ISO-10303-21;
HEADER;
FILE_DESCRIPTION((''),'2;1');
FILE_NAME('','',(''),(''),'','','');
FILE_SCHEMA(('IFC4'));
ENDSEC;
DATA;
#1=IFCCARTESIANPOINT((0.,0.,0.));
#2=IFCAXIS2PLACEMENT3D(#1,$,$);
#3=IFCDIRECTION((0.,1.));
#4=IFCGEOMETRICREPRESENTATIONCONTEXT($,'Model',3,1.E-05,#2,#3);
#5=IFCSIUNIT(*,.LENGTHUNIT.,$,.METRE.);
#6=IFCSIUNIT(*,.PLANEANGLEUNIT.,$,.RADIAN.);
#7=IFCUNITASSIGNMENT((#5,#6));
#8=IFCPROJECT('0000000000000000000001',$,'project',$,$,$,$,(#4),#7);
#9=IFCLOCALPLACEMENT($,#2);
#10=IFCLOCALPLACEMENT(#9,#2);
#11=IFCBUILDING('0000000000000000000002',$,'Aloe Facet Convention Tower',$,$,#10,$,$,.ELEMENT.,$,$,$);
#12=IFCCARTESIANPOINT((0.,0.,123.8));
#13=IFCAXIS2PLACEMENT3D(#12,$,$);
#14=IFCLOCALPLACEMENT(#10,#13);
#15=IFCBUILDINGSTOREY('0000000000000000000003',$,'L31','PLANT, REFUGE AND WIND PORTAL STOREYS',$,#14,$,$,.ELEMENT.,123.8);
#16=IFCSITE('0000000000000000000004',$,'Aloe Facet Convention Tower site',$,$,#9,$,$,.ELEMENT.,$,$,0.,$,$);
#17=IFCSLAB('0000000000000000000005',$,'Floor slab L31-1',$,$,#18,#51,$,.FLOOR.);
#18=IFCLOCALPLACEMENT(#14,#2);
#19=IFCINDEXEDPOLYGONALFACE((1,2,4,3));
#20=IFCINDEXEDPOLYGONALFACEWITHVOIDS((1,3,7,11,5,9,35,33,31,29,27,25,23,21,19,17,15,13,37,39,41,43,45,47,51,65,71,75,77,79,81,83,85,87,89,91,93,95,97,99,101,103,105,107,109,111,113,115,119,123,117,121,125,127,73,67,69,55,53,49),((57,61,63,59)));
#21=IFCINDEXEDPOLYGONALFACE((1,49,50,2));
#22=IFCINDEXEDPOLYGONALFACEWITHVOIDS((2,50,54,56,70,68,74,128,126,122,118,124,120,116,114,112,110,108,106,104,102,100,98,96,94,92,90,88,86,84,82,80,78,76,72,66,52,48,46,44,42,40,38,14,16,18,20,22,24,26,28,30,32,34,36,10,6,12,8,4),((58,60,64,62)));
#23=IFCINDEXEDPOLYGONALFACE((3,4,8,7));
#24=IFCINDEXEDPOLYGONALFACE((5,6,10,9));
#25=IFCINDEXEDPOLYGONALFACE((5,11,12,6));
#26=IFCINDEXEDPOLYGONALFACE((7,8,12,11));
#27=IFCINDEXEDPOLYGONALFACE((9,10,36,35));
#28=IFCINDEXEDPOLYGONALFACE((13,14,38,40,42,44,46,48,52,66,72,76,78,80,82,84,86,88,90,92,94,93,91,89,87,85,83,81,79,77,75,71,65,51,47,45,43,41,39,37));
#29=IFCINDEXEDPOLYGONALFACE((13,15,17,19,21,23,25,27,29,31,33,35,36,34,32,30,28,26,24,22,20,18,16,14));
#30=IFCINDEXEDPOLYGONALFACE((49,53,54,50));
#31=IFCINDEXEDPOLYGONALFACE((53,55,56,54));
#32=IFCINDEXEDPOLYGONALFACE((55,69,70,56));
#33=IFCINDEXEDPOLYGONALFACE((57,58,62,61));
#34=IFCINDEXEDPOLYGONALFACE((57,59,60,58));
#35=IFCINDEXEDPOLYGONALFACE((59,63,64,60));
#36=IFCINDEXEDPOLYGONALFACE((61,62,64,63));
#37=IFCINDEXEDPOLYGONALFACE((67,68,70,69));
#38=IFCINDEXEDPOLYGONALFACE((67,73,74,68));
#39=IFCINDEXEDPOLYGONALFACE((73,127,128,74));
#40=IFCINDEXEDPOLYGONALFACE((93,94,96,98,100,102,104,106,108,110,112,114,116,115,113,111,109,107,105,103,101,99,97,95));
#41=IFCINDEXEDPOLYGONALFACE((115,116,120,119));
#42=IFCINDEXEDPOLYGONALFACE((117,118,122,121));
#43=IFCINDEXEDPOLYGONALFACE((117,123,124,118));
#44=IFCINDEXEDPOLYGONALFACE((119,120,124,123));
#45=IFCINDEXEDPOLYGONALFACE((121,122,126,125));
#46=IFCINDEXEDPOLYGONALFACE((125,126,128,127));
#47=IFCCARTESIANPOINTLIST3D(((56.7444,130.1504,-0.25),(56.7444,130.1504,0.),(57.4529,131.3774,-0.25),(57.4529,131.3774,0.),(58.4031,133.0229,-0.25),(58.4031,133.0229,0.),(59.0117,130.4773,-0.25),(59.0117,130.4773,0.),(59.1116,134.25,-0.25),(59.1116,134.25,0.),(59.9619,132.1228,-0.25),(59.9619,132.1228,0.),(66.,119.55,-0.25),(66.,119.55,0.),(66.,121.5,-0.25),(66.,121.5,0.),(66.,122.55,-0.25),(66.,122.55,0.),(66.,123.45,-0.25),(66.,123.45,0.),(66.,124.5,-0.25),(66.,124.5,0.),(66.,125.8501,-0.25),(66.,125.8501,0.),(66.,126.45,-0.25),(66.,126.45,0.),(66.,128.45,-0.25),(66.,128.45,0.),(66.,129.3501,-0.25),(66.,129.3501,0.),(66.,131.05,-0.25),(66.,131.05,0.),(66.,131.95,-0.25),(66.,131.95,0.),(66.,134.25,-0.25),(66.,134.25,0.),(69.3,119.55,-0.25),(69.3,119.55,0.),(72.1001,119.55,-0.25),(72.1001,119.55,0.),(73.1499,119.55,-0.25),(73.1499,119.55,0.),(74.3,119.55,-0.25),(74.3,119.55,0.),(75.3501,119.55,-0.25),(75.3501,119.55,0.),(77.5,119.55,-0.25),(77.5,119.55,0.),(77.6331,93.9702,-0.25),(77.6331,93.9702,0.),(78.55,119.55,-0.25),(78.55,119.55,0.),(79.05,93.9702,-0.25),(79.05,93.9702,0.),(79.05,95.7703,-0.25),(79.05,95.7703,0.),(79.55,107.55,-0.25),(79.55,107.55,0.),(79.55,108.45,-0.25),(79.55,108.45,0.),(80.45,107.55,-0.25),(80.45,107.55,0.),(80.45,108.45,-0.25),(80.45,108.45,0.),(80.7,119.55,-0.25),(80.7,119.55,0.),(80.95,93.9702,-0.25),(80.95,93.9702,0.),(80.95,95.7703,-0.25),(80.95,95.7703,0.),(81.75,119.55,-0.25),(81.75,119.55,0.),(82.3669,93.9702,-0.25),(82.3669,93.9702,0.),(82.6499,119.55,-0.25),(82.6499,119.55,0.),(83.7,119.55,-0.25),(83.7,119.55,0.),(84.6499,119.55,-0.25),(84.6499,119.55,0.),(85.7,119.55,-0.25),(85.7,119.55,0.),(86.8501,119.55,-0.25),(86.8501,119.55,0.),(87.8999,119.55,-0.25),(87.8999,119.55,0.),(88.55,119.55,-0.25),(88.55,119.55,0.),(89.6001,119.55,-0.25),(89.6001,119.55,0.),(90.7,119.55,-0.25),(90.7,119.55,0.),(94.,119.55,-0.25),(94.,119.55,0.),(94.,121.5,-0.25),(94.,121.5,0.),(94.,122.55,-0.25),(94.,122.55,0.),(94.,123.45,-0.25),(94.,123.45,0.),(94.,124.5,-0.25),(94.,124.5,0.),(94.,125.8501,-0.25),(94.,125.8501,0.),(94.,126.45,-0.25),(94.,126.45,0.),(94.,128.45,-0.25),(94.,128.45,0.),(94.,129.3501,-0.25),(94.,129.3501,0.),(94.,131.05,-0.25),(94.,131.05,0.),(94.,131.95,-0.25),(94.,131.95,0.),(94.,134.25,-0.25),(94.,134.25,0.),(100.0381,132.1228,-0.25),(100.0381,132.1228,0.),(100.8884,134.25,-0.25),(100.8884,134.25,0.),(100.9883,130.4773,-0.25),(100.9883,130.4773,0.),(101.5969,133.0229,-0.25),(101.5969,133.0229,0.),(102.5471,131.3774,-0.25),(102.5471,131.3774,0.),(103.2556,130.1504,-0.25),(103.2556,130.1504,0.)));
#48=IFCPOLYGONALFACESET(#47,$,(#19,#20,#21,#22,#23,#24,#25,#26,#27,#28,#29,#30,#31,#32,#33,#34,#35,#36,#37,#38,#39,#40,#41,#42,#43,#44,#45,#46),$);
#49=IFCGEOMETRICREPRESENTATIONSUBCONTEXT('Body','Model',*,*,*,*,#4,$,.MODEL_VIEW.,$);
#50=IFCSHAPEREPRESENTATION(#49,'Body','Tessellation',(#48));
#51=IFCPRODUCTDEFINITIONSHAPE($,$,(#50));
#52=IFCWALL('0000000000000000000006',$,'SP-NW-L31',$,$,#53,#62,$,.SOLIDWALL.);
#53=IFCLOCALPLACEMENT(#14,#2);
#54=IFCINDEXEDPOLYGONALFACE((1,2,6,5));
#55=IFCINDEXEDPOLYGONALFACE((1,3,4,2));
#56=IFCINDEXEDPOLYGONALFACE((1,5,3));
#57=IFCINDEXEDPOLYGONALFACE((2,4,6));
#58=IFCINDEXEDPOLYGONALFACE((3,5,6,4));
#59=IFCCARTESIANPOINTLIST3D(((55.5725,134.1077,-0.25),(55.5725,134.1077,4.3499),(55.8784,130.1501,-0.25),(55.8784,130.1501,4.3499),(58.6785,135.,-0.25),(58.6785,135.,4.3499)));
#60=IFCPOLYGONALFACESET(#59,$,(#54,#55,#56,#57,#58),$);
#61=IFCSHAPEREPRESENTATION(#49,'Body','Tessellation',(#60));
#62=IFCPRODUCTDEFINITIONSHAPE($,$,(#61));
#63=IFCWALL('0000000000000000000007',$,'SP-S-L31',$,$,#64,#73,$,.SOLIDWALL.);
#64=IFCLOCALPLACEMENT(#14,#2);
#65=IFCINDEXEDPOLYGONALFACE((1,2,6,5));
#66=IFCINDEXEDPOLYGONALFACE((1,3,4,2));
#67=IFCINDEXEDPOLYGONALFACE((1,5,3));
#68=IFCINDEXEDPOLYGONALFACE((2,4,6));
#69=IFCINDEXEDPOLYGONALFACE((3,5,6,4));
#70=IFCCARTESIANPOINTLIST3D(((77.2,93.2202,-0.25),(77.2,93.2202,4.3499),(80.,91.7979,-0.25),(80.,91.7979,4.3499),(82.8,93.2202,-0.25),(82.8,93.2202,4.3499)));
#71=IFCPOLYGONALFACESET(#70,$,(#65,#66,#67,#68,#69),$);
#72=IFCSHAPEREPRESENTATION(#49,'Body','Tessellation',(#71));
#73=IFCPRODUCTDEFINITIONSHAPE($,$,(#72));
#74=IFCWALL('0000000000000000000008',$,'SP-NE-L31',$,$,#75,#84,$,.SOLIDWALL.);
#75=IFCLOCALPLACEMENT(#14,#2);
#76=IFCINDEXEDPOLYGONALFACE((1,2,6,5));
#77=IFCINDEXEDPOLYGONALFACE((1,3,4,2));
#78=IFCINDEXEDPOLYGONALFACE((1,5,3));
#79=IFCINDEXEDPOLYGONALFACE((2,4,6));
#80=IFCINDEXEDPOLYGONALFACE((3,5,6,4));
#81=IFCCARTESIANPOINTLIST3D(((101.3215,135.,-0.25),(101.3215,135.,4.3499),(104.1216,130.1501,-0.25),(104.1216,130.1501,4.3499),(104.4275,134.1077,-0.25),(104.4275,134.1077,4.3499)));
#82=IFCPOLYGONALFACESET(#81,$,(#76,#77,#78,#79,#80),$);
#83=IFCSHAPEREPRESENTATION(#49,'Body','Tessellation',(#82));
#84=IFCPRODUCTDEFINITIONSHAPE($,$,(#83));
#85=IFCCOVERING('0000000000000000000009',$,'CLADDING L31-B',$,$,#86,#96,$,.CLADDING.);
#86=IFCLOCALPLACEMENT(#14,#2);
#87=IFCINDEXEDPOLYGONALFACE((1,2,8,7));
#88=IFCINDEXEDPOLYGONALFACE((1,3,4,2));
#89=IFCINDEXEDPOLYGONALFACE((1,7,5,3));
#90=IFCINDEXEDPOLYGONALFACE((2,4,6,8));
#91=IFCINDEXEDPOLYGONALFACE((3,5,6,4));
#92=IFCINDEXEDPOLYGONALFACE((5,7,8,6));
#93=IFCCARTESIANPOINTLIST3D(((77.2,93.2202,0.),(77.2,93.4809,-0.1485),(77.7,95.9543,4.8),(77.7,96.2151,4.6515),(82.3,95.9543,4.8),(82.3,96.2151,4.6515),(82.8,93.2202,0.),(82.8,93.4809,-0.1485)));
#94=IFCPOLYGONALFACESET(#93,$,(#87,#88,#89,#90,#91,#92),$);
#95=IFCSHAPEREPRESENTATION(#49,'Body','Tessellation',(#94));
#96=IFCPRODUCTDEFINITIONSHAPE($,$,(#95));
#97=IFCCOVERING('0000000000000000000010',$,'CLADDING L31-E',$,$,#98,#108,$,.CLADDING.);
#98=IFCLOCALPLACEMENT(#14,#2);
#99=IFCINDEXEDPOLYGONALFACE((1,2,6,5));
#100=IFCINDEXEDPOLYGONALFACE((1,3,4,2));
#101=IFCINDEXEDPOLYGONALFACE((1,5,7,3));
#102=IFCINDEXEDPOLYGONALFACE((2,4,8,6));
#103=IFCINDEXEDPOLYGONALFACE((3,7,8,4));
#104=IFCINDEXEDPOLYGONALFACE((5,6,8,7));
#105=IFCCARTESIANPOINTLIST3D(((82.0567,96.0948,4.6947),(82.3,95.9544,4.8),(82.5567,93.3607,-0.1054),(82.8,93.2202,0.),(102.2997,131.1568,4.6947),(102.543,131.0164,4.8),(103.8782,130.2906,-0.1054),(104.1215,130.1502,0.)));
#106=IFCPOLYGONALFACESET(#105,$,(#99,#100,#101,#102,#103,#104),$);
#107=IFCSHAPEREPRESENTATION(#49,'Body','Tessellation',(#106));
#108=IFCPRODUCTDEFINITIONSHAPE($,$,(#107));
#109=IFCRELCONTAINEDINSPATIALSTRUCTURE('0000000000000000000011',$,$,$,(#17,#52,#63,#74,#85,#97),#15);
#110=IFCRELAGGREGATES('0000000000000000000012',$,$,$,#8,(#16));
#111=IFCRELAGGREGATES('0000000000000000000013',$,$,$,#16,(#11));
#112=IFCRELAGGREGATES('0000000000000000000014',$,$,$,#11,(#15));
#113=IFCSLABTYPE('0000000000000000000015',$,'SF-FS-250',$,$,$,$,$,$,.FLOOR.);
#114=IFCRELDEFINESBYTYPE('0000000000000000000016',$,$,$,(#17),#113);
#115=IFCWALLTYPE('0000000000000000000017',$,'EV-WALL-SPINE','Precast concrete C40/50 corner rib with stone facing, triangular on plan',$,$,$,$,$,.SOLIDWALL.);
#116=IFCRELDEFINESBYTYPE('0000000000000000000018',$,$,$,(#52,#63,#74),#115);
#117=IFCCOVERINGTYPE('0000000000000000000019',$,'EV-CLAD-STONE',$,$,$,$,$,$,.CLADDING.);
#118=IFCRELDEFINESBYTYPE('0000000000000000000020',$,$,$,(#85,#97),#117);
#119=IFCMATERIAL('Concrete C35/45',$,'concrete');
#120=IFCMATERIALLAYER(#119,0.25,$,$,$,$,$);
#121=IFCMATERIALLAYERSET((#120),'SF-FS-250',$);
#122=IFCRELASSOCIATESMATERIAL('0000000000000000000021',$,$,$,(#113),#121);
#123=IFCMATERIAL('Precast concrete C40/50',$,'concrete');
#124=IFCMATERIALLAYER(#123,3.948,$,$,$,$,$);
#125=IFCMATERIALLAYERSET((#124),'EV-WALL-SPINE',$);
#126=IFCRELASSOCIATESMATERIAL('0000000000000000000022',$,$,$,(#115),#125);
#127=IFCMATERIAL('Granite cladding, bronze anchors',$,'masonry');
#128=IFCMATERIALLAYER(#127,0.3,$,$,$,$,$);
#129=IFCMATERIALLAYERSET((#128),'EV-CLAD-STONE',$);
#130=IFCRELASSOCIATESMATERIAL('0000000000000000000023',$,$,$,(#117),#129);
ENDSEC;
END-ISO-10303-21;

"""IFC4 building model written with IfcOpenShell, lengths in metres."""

from ifc_helpers import new_model, si_unit, direction, frame, origin, place, context, subcontext, project, spatial, polyline, outline, extrude, material, layer, layer_set, type_object, element, save


model = new_model("IFC4")

# Units and contexts
model_context = context("Model", 3, precision=1e-05, world=origin(), true_north=direction((0.0, 1.0)))
body_context = subcontext(model_context, "Body", "Model", "MODEL_VIEW")
ifc_project = project(units=[si_unit("LENGTHUNIT", "METRE"), si_unit("PLANEANGLEUNIT", "RADIAN")], contexts=[model_context])

# Site, building, storey
site_placement = place(None, origin())
site = spatial("IfcSite", under=ifc_project, at=site_placement, Name="Aloe Facet Convention Tower site", CompositionType="ELEMENT", RefElevation=0.0)
building_placement = place(site_placement, origin())
building = spatial("IfcBuilding", under=site, at=building_placement, Name="Aloe Facet Convention Tower", CompositionType="ELEMENT")
storey_placement = place(building_placement, frame((0.0, 0.0, 123.8)))
storey = spatial("IfcBuildingStorey", under=building, at=storey_placement, Name="L31", Description="PLANT, REFUGE AND WIND PORTAL STOREYS", CompositionType="ELEMENT", Elevation=123.8)

# Slab
ifc_material_1 = material(Name="Concrete C35/45", Category="concrete")
ifc_layer_1 = layer(ifc_material_1, 0.25)
ifc_layer_set_1 = layer_set([ifc_layer_1], Name="SF-FS-250")
slab_type_1 = type_object("IfcSlabType", Name="SF-FS-250", PredefinedType="FLOOR", material=ifc_layer_set_1)
slab_1_placement = place(storey_placement, frame((0.0, 0.0, -0.25)))
element("IfcSlab", 1, at=slab_1_placement, inside=storey, type_object=slab_type_1, Name="Floor slab L31-1", PredefinedType="FLOOR", context=body_context, shape_type="SweptSolid", body=[
    extrude(outline(polyline([(101.5969, 133.0229), (100.0381, 132.1228), (100.9883, 130.4773), (102.5471, 131.3774), (103.2556, 130.1504), (82.3669, 93.9702), (80.95, 93.9702), (80.95, 95.7703), (79.05, 95.7703), (79.05, 93.9702), (77.6331, 93.9702), (56.7444, 130.1504), (57.4529, 131.3774), (59.0117, 130.4773), (59.9619, 132.1228), (58.4031, 133.0229), (59.1116, 134.25), (66.0, 134.25), (66.0, 131.95), (66.0, 131.05), (66.0, 129.3501), (66.0, 128.45), (66.0, 126.45), (66.0, 125.8501), (66.0, 124.5), (66.0, 123.45), (66.0, 122.55), (66.0, 121.5), (66.0, 119.55), (69.3, 119.55), (72.1001, 119.55), (73.1499, 119.55), (74.3, 119.55), (75.3501, 119.55), (77.5, 119.55), (78.55, 119.55), (80.7, 119.55), (81.75, 119.55), (82.6499, 119.55), (83.7, 119.55), (84.6499, 119.55), (85.7, 119.55), (86.8501, 119.55), (87.8999, 119.55), (88.55, 119.55), (89.6001, 119.55), (90.7, 119.55), (94.0, 119.55), (94.0, 121.5), (94.0, 122.55), (94.0, 123.45), (94.0, 124.5), (94.0, 125.8501), (94.0, 126.45), (94.0, 128.45), (94.0, 129.3501), (94.0, 131.05), (94.0, 131.95), (94.0, 134.25), (100.8884, 134.25), (101.5969, 133.0229)]), holes=[polyline([(79.55, 107.55), (80.45, 107.55), (80.45, 108.45), (79.55, 108.45), (79.55, 107.55)])]), origin(), (0.0, 0.0, 1.0), 0.25),
])

# Walls
ifc_material_2 = material(Name="Precast concrete C40/50", Category="concrete")
ifc_layer_2 = layer(ifc_material_2, 3.948)
ifc_layer_set_2 = layer_set([ifc_layer_2], Name="EV-WALL-SPINE")
wall_type = type_object("IfcWallType", Name="EV-WALL-SPINE", Description="Precast concrete C40/50 corner rib with stone facing, triangular on plan", PredefinedType="SOLIDWALL", material=ifc_layer_set_2)
wall_1_placement = place(storey_placement, frame((0.0, 0.0, -0.25)))
element("IfcWall", 2, at=wall_1_placement, inside=storey, type_object=wall_type, Name="SP-NW-L31", PredefinedType="SOLIDWALL", context=body_context, shape_type="SweptSolid", body=[
    extrude(outline(polyline([(58.6785, 135.0), (55.5725, 134.1077), (55.8784, 130.1501), (58.6785, 135.0)])), origin(), (0.0, 0.0, 1.0), 4.5999),
])
wall_2_placement = place(storey_placement, frame((0.0, 0.0, -0.25)))
element("IfcWall", 3, at=wall_2_placement, inside=storey, type_object=wall_type, Name="SP-S-L31", PredefinedType="SOLIDWALL", context=body_context, shape_type="SweptSolid", body=[
    extrude(outline(polyline([(77.2, 93.2202), (80.0, 91.7979), (82.8, 93.2202), (77.2, 93.2202)])), origin(), (0.0, 0.0, 1.0), 4.5999),
])
wall_3_placement = place(storey_placement, frame((0.0, 0.0, -0.25)))
element("IfcWall", 4, at=wall_3_placement, inside=storey, type_object=wall_type, Name="SP-NE-L31", PredefinedType="SOLIDWALL", context=body_context, shape_type="SweptSolid", body=[
    extrude(outline(polyline([(104.1216, 130.1501), (104.4275, 134.1077), (101.3215, 135.0), (104.1216, 130.1501)])), origin(), (0.0, 0.0, 1.0), 4.5999),
])

# Coverings
ifc_material_3 = material(Name="Granite cladding, bronze anchors", Category="masonry")
ifc_layer_3 = layer(ifc_material_3, 0.3)
ifc_layer_set_3 = layer_set([ifc_layer_3], Name="EV-CLAD-STONE")
covering_type = type_object("IfcCoveringType", Name="EV-CLAD-STONE", PredefinedType="CLADDING", material=ifc_layer_set_3)
covering_1_placement = place(storey_placement, frame((77.2, 93.2202, 0.0), z_axis=(0.0, -0.868925, 0.494944), x_axis=(1.0, 0.0, 0.0)))
element("IfcCovering", 5, at=covering_1_placement, inside=storey, type_object=covering_type, Name="CLADDING L31-B", PredefinedType="CLADDING", context=body_context, shape_type="SweptSolid", body=[
    extrude(outline(polyline([(0.0, 0.0), (5.6001, 0.0), (5.1001, 5.5241), (0.5, 5.5241), (0.0, 0.0)])), origin(), (0.0, 0.0, -1.0), 0.3),
])
covering_2_placement = place(storey_placement, frame((82.8, 93.2202, 0.0), z_axis=(0.810878, -0.468159, 0.351146), x_axis=(0.499999, 0.866026, -0.000001)))
element("IfcCovering", 6, at=covering_2_placement, inside=storey, type_object=covering_type, Name="CLADDING L31-E", PredefinedType="CLADDING", context=body_context, shape_type="SweptSolid", body=[
    extrude(outline(polyline([(0.0, 0.0), (42.643, 0.0), (42.6039, 5.1265), (2.1178, 5.1265), (0.0, 0.0)])), origin(), (0.0, 0.0, -1.0), 0.3),
])

save(model, "model.ifc")
